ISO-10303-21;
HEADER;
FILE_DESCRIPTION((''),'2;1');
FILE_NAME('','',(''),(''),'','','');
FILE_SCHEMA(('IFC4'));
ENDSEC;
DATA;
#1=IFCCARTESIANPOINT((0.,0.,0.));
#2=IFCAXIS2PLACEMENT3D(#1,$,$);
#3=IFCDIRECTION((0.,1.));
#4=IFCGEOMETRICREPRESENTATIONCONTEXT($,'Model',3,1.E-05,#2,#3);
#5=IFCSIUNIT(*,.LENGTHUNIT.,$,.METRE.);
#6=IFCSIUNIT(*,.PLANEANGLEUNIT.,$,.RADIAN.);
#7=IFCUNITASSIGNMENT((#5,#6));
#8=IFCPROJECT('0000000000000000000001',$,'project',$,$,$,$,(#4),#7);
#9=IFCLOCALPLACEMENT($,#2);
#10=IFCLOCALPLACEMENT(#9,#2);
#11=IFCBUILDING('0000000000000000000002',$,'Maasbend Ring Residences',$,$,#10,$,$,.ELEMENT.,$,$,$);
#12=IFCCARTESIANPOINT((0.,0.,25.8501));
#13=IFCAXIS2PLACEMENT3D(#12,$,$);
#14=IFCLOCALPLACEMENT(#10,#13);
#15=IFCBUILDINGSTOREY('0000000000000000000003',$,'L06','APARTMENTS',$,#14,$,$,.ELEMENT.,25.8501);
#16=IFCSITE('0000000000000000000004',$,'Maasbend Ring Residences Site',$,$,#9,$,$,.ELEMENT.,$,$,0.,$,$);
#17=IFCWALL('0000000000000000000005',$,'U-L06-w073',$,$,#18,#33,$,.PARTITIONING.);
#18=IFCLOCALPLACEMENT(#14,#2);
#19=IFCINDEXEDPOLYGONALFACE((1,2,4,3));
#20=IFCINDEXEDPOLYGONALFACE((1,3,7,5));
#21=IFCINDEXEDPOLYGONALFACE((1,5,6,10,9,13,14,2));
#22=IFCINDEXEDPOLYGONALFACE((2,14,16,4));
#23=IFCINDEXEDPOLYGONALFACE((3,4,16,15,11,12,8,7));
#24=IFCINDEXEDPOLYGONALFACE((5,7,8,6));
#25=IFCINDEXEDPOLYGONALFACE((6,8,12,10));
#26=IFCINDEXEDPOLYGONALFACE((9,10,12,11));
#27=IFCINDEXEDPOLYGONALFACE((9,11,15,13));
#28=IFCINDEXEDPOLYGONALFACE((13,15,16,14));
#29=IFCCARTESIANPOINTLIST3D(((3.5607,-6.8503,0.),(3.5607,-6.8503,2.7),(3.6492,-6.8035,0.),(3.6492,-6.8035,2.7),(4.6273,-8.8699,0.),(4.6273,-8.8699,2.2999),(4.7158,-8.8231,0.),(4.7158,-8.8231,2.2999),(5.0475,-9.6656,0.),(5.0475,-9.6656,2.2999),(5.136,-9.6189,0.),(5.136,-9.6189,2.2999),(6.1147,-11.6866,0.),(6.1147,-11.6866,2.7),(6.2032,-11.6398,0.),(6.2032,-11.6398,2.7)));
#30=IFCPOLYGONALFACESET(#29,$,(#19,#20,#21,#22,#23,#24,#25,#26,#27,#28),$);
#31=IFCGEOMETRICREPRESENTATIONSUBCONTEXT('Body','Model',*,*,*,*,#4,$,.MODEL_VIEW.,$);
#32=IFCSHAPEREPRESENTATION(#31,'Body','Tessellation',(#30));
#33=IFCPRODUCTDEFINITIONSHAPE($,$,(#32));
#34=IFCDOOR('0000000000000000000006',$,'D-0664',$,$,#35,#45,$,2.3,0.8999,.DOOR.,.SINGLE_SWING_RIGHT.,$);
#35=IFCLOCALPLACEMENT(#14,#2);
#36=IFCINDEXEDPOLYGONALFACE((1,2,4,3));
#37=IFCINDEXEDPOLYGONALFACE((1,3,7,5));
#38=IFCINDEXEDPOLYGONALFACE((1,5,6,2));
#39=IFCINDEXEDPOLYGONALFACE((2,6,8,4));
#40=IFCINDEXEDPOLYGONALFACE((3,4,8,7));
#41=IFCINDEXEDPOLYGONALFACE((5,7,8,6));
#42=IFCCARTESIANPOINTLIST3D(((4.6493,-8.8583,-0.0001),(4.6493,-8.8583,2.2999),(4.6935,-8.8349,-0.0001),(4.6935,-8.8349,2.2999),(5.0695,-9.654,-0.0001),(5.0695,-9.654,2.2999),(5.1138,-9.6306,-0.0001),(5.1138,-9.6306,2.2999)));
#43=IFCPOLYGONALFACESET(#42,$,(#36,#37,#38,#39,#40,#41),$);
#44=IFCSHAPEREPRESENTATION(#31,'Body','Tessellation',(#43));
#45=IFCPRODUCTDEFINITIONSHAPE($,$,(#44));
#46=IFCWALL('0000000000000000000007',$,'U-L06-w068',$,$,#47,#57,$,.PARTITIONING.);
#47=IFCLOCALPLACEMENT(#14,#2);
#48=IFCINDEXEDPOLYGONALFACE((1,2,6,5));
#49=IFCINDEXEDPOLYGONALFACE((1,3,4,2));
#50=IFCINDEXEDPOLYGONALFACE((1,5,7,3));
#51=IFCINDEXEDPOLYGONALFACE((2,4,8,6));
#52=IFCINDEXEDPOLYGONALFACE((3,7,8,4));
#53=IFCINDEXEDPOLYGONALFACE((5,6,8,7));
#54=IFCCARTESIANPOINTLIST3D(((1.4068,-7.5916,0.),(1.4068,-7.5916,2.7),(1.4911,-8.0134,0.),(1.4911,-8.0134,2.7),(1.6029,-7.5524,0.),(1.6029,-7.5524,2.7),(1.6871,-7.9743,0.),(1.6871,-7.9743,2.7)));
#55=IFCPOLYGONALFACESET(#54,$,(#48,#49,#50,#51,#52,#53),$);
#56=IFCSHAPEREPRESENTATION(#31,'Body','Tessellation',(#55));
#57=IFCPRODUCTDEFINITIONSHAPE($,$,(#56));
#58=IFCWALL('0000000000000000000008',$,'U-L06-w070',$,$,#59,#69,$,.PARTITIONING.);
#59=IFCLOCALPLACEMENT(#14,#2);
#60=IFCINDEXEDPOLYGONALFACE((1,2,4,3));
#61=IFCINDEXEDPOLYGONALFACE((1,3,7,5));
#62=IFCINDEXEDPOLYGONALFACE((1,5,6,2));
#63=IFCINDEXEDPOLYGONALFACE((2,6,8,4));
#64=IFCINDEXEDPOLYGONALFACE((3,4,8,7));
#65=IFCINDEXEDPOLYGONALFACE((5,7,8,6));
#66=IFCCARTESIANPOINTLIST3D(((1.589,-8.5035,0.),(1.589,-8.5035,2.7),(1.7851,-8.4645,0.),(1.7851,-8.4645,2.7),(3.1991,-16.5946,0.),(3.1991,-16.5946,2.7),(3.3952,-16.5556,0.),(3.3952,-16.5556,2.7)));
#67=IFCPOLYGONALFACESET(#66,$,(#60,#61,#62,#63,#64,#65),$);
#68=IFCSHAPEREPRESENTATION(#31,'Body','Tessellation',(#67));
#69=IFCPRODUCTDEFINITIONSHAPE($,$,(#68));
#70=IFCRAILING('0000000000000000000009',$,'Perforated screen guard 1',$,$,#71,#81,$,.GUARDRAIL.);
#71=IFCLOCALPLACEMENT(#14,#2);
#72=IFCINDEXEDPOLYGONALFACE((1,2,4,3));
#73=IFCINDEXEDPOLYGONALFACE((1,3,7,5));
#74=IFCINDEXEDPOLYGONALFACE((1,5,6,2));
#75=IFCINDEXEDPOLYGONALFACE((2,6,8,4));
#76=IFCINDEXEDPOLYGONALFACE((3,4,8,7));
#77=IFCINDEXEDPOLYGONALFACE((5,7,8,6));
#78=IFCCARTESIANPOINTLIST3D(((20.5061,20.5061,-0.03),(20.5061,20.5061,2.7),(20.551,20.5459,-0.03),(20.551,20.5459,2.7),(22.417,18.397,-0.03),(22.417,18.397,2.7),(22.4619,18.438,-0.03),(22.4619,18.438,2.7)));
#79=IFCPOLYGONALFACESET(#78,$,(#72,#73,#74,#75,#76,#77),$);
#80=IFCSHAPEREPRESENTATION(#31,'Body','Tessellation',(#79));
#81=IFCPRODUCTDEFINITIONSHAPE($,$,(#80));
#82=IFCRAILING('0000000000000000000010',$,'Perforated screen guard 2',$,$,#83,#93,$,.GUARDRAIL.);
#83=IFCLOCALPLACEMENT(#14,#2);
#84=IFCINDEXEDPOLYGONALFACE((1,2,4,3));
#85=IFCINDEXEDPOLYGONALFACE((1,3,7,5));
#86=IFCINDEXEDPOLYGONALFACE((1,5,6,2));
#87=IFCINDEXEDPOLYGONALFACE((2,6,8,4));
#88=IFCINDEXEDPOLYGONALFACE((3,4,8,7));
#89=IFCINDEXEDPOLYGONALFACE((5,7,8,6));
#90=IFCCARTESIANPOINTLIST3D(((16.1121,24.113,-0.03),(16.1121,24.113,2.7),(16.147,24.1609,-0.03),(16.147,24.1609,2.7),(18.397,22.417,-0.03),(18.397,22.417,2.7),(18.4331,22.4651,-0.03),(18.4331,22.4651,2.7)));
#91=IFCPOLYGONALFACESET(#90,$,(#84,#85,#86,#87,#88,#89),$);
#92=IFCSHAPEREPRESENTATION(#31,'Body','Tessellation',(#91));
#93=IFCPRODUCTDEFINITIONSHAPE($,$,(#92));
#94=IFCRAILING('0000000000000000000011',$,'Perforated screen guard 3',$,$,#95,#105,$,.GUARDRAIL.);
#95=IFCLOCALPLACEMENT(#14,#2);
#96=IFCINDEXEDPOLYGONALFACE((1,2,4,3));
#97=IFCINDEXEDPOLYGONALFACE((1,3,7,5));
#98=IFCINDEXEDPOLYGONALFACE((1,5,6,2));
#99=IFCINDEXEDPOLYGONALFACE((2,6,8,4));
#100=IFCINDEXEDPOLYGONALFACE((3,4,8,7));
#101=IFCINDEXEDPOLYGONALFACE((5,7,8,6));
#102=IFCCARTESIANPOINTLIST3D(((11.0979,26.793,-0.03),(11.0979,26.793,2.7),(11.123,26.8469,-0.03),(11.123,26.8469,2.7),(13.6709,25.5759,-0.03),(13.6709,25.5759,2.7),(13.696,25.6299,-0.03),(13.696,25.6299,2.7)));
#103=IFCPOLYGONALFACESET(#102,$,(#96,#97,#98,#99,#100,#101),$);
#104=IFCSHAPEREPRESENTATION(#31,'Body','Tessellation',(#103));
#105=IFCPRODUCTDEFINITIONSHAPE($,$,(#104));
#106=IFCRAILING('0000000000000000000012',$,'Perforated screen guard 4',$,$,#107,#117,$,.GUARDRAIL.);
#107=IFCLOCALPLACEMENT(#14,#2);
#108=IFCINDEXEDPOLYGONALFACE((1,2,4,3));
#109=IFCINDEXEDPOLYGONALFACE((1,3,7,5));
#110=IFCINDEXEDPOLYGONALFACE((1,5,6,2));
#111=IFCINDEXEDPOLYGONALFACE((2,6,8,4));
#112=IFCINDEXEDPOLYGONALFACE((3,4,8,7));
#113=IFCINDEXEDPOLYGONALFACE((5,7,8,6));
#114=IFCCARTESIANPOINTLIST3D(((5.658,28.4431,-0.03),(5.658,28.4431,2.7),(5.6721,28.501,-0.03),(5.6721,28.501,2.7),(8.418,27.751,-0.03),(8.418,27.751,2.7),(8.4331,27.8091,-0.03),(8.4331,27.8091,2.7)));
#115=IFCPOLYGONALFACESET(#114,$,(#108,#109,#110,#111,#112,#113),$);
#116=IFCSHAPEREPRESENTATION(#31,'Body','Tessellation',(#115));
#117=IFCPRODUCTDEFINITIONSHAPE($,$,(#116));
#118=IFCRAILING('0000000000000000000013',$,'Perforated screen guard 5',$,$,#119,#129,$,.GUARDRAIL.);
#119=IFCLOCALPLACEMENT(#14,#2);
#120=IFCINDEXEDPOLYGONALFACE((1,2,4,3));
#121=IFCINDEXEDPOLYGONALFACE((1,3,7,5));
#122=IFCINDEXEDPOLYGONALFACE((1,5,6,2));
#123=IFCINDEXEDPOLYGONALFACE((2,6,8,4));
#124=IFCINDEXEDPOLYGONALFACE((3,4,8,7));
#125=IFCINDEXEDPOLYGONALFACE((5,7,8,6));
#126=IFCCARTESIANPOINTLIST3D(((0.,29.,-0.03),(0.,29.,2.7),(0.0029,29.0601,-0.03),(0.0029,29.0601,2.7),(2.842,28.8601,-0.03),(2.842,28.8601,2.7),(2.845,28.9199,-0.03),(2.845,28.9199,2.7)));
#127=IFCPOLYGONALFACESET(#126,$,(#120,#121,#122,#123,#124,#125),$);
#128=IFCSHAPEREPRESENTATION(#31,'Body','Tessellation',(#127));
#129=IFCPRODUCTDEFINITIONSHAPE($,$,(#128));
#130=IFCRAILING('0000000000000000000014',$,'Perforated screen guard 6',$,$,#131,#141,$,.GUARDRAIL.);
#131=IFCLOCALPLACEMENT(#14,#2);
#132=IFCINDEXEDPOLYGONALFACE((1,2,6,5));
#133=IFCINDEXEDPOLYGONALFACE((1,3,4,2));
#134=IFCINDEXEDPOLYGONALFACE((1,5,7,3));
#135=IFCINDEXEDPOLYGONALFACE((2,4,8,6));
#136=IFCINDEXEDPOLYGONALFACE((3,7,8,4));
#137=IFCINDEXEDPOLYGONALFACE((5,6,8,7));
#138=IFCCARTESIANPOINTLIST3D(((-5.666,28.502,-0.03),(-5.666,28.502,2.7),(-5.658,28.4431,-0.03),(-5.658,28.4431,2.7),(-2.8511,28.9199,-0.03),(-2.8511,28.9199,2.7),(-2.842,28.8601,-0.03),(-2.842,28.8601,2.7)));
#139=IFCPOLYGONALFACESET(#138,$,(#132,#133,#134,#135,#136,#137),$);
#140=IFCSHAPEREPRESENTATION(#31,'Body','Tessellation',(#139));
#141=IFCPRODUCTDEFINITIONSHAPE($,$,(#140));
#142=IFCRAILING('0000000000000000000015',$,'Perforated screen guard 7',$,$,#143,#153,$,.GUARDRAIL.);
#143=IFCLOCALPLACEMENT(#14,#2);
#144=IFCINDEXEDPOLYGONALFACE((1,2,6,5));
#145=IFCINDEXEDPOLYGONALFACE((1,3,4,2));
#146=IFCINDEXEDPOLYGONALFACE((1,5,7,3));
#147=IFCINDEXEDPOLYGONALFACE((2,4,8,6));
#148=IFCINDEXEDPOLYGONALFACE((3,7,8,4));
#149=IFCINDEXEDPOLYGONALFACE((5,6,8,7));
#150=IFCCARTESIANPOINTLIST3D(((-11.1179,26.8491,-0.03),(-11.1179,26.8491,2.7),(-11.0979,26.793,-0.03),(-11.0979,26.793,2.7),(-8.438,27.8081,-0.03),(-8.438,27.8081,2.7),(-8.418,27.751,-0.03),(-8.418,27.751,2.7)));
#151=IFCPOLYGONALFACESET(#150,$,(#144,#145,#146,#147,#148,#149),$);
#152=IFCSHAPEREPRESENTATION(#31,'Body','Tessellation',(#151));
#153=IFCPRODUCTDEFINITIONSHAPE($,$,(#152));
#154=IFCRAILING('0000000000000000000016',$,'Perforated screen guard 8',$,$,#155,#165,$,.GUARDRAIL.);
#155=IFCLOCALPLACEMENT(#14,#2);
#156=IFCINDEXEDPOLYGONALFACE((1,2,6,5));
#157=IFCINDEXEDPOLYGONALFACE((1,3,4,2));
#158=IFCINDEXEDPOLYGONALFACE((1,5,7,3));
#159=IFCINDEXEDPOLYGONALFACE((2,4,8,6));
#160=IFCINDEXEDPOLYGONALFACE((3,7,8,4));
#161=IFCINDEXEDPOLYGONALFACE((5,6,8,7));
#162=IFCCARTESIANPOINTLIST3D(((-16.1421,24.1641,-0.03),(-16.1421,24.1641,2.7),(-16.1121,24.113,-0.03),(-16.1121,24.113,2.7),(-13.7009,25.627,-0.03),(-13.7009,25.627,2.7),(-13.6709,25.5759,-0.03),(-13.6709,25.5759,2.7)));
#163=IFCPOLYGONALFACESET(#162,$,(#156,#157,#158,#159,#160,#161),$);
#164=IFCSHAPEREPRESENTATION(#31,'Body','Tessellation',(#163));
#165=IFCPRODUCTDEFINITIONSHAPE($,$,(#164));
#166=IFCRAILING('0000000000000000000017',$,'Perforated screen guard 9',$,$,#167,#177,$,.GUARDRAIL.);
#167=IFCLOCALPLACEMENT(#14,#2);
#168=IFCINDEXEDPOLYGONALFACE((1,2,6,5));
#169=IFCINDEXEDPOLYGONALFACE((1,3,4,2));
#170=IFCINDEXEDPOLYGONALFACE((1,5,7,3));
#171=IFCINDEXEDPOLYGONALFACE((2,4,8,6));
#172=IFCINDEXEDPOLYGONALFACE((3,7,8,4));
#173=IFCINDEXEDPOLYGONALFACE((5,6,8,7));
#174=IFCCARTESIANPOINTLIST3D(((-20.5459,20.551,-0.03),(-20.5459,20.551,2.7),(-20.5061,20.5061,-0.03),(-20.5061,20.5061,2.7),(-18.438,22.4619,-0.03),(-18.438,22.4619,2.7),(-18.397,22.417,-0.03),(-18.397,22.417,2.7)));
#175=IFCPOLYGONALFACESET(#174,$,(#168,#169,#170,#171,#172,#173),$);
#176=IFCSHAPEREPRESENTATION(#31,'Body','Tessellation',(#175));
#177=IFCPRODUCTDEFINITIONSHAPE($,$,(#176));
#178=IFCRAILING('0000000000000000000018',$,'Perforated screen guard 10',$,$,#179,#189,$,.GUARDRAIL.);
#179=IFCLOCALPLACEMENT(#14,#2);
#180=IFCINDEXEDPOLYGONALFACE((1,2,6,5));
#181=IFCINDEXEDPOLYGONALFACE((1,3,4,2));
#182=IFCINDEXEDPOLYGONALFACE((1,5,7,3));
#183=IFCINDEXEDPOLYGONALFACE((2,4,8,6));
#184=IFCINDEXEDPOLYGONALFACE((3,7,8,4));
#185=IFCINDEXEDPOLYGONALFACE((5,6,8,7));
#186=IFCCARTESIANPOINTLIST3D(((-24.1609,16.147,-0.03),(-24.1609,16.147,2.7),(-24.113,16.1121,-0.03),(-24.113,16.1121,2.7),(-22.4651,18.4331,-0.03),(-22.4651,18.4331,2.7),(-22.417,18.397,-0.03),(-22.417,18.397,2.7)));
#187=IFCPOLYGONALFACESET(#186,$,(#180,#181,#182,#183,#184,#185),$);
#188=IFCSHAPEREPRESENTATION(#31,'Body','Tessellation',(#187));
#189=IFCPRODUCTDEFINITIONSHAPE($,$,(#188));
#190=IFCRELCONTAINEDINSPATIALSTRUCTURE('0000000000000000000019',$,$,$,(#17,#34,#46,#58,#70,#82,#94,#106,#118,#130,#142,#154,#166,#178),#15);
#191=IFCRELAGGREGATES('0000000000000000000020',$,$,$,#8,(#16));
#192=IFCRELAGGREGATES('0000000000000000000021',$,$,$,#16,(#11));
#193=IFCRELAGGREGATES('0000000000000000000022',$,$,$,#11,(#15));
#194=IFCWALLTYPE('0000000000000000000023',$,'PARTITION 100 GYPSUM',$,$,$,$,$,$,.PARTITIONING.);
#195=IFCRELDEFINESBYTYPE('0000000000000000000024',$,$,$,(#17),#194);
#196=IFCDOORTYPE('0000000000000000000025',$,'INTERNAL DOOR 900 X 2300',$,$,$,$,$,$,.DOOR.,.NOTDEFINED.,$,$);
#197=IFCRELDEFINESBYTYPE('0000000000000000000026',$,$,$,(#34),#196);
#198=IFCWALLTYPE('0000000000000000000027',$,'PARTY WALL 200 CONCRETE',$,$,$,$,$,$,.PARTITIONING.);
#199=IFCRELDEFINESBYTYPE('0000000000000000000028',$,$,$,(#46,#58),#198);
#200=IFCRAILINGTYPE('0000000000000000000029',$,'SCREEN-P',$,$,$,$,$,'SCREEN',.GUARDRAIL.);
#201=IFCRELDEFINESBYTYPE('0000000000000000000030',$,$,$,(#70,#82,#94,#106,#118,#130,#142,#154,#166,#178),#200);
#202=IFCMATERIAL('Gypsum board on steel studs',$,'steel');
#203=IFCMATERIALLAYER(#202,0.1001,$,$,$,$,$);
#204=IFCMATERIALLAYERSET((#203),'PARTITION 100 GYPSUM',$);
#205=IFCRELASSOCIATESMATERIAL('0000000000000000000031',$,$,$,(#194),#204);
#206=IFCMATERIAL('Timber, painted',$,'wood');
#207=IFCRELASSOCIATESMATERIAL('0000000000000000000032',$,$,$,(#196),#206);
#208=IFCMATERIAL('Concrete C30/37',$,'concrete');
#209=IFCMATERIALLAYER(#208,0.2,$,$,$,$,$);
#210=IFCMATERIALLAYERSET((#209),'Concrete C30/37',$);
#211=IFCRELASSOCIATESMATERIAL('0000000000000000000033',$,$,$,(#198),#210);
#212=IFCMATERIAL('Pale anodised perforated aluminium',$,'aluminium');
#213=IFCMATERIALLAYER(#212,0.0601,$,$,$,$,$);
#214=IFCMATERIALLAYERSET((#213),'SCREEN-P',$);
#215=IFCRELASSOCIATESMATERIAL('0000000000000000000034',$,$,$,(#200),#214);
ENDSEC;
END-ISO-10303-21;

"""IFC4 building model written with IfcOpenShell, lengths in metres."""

from ifc_helpers import new_model, si_unit, direction, frame, frame_2d, origin, place, context, subcontext, project, spatial, polyline, rectangle, outline, extrude, material, layer, layer_set, type_object, element, fill, save


model = new_model("IFC4")

# Units and contexts
model_context = context("Model", 3, precision=1e-05, world=origin(), true_north=direction((0.0, 1.0)))
body_context = subcontext(model_context, "Body", "Model", "MODEL_VIEW")
ifc_project = project(units=[si_unit("LENGTHUNIT", "METRE"), si_unit("PLANEANGLEUNIT", "RADIAN")], contexts=[model_context])

# Site, building, storey
site_placement = place(None, origin())
site = spatial("IfcSite", under=ifc_project, at=site_placement, Name="Maasbend Ring Residences Site", CompositionType="ELEMENT", RefElevation=0.0)
building_placement = place(site_placement, origin())
building = spatial("IfcBuilding", under=site, at=building_placement, Name="Maasbend Ring Residences", CompositionType="ELEMENT")
storey_placement = place(building_placement, frame((0.0, 0.0, 25.8501)))
storey = spatial("IfcBuildingStorey", under=building, at=storey_placement, Name="L06", Description="APARTMENTS", CompositionType="ELEMENT", Elevation=25.8501)

# Wall, opening, door
ifc_material_1 = material(Name="Gypsum board on steel studs", Category="steel")
ifc_layer_1 = layer(ifc_material_1, 0.1001)
ifc_layer_set_1 = layer_set([ifc_layer_1], Name="PARTITION 100 GYPSUM")
wall_type_1 = type_object("IfcWallType", Name="PARTITION 100 GYPSUM", PredefinedType="PARTITIONING", material=ifc_layer_set_1)
wall_1_placement = place(storey_placement, frame((3.605, -6.8269, 0.0), z_axis=(0.0, 0.0, 1.0), x_axis=(0.466977, -0.88427, 0.0)))
wall_1 = element("IfcWall", 1, at=wall_1_placement, inside=storey, type_object=wall_type_1, Name="U-L06-w073", PredefinedType="PARTITIONING", context=body_context, shape_type="SweptSolid", body=[
    extrude(rectangle(XDim=5.4692, YDim=0.1001, at=frame_2d((2.7346, 0.0))), origin(), (0.0, 0.0, 1.0), 2.7),
])
opening_placement = place(wall_1_placement, frame((2.2839, 0.0, 0.0)))
opening = element("IfcOpeningElement", 2, at=opening_placement, cuts=wall_1, PredefinedType="OPENING", context=body_context, shape_type="SweptSolid", body=[
    extrude(rectangle(XDim=0.8999, YDim=2.3, at=frame_2d((0.45, 1.1499))), frame((0.0, 0.0601, 0.0), z_axis=(0.0, -1.0, 0.0), x_axis=(1.0, 0.0, 0.0)), (0.0, 0.0, 1.0), 0.1201),
])
ifc_material_2 = material(Name="Timber, painted", Category="wood")
door_type = type_object("IfcDoorType", Name="INTERNAL DOOR 900 X 2300", OperationType="NOTDEFINED", PredefinedType="DOOR", material=ifc_material_2)
door_placement = place(opening_placement, origin())
door = element("IfcDoor", 3, at=door_placement, inside=storey, type_object=door_type, Name="D-0664", OperationType="SINGLE_SWING_RIGHT", OverallHeight=2.3, OverallWidth=0.8999, PredefinedType="DOOR", context=body_context, shape_type="SweptSolid", body=[
    extrude(rectangle(XDim=0.8999, YDim=2.3, at=frame_2d((0.45, 1.1499))), frame((0.0, 0.0249, 0.0), z_axis=(0.0, -1.0, 0.0), x_axis=(1.0, 0.0, 0.0)), (0.0, 0.0, 1.0), 0.05),
])
fill(opening, door)

# Walls
ifc_material_3 = material(Name="Concrete C30/37", Category="concrete")
ifc_layer_2 = layer(ifc_material_3, 0.2)
ifc_layer_set_2 = layer_set([ifc_layer_2], Name="Concrete C30/37")
wall_type_2 = type_object("IfcWallType", Name="PARTY WALL 200 CONCRETE", PredefinedType="PARTITIONING", material=ifc_layer_set_2)
wall_2_placement = place(storey_placement, frame((1.5049, -7.572, 0.0), z_axis=(0.0, 0.0, 1.0), x_axis=(0.195789, -0.980646, 0.0)))
element("IfcWall", 4, at=wall_2_placement, inside=storey, type_object=wall_type_2, Name="U-L06-w068", PredefinedType="PARTITIONING", context=body_context, shape_type="SweptSolid", body=[
    extrude(rectangle(XDim=0.4302, YDim=0.2, at=frame_2d((0.2151, 0.0))), origin(), (0.0, 0.0, 1.0), 2.7),
])
wall_3_placement = place(storey_placement, frame((1.687, -8.4839, 0.0), z_axis=(0.0, 0.0, 1.0), x_axis=(0.195171, -0.980769, 0.0)))
element("IfcWall", 5, at=wall_3_placement, inside=storey, type_object=wall_type_2, Name="U-L06-w070", PredefinedType="PARTITIONING", context=body_context, shape_type="SweptSolid", body=[
    extrude(rectangle(XDim=8.2498, YDim=0.2, at=frame_2d((4.125, 0.0))), origin(), (0.0, 0.0, 1.0), 2.7),
])

# Railings
ifc_material_4 = material(Name="Pale anodised perforated aluminium", Category="aluminium")
ifc_layer_3 = layer(ifc_material_4, 0.0601)
ifc_layer_set_3 = layer_set([ifc_layer_3], Name="SCREEN-P")
railing_type = type_object("IfcRailingType", Name="SCREEN-P", ElementType="SCREEN", PredefinedType="GUARDRAIL", material=ifc_layer_set_3)
railing_1_placement = place(storey_placement, frame((0.0, 0.0, -0.03)))
element("IfcRailing", 6, at=railing_1_placement, inside=storey, type_object=railing_type, Name="Perforated screen guard 1", PredefinedType="GUARDRAIL", context=body_context, shape_type="SweptSolid", body=[
    extrude(outline(polyline([(22.417, 18.397), (20.5061, 20.5061), (20.551, 20.5459), (22.4619, 18.438), (22.417, 18.397)])), origin(), (0.0, 0.0, 1.0), 2.73),
])
railing_2_placement = place(storey_placement, frame((0.0, 0.0, -0.03)))
element("IfcRailing", 7, at=railing_2_placement, inside=storey, type_object=railing_type, Name="Perforated screen guard 2", PredefinedType="GUARDRAIL", context=body_context, shape_type="SweptSolid", body=[
    extrude(outline(polyline([(18.397, 22.417), (16.1121, 24.113), (16.147, 24.1609), (18.4331, 22.4651), (18.397, 22.417)])), origin(), (0.0, 0.0, 1.0), 2.73),
])
railing_3_placement = place(storey_placement, frame((0.0, 0.0, -0.03)))
element("IfcRailing", 8, at=railing_3_placement, inside=storey, type_object=railing_type, Name="Perforated screen guard 3", PredefinedType="GUARDRAIL", context=body_context, shape_type="SweptSolid", body=[
    extrude(outline(polyline([(13.6709, 25.5759), (11.0979, 26.793), (11.123, 26.8469), (13.696, 25.6299), (13.6709, 25.5759)])), origin(), (0.0, 0.0, 1.0), 2.73),
])
railing_4_placement = place(storey_placement, frame((0.0, 0.0, -0.03)))
element("IfcRailing", 9, at=railing_4_placement, inside=storey, type_object=railing_type, Name="Perforated screen guard 4", PredefinedType="GUARDRAIL", context=body_context, shape_type="SweptSolid", body=[
    extrude(outline(polyline([(8.418, 27.751), (5.658, 28.4431), (5.6721, 28.501), (8.4331, 27.8091), (8.418, 27.751)])), origin(), (0.0, 0.0, 1.0), 2.73),
])
railing_5_placement = place(storey_placement, frame((0.0, 0.0, -0.03)))
element("IfcRailing", 10, at=railing_5_placement, inside=storey, type_object=railing_type, Name="Perforated screen guard 5", PredefinedType="GUARDRAIL", context=body_context, shape_type="SweptSolid", body=[
    extrude(outline(polyline([(2.842, 28.8601), (0.0, 29.0), (0.0029, 29.0601), (2.845, 28.9199), (2.842, 28.8601)])), origin(), (0.0, 0.0, 1.0), 2.73),
])
railing_6_placement = place(storey_placement, frame((0.0, 0.0, -0.03)))
element("IfcRailing", 11, at=railing_6_placement, inside=storey, type_object=railing_type, Name="Perforated screen guard 6", PredefinedType="GUARDRAIL", context=body_context, shape_type="SweptSolid", body=[
    extrude(outline(polyline([(-2.842, 28.8601), (-5.658, 28.4431), (-5.666, 28.502), (-2.8511, 28.9199), (-2.842, 28.8601)])), origin(), (0.0, 0.0, 1.0), 2.73),
])
railing_7_placement = place(storey_placement, frame((0.0, 0.0, -0.03)))
element("IfcRailing", 12, at=railing_7_placement, inside=storey, type_object=railing_type, Name="Perforated screen guard 7", PredefinedType="GUARDRAIL", context=body_context, shape_type="SweptSolid", body=[
    extrude(outline(polyline([(-8.418, 27.751), (-11.0979, 26.793), (-11.1179, 26.8491), (-8.438, 27.8081), (-8.418, 27.751)])), origin(), (0.0, 0.0, 1.0), 2.73),
])
railing_8_placement = place(storey_placement, frame((0.0, 0.0, -0.03)))
element("IfcRailing", 13, at=railing_8_placement, inside=storey, type_object=railing_type, Name="Perforated screen guard 8", PredefinedType="GUARDRAIL", context=body_context, shape_type="SweptSolid", body=[
    extrude(outline(polyline([(-13.6709, 25.5759), (-16.1121, 24.113), (-16.1421, 24.1641), (-13.7009, 25.627), (-13.6709, 25.5759)])), origin(), (0.0, 0.0, 1.0), 2.73),
])
railing_9_placement = place(storey_placement, frame((0.0, 0.0, -0.03)))
element("IfcRailing", 14, at=railing_9_placement, inside=storey, type_object=railing_type, Name="Perforated screen guard 9", PredefinedType="GUARDRAIL", context=body_context, shape_type="SweptSolid", body=[
    extrude(outline(polyline([(-18.397, 22.417), (-20.5061, 20.5061), (-20.5459, 20.551), (-18.438, 22.4619), (-18.397, 22.417)])), origin(), (0.0, 0.0, 1.0), 2.73),
])
railing_10_placement = place(storey_placement, frame((0.0, 0.0, -0.03)))
element("IfcRailing", 15, at=railing_10_placement, inside=storey, type_object=railing_type, Name="Perforated screen guard 10", PredefinedType="GUARDRAIL", context=body_context, shape_type="SweptSolid", body=[
    extrude(outline(polyline([(-22.417, 18.397), (-24.113, 16.1121), (-24.1609, 16.147), (-22.4651, 18.4331), (-22.417, 18.397)])), origin(), (0.0, 0.0, 1.0), 2.73),
])

save(model, "model.ifc")
